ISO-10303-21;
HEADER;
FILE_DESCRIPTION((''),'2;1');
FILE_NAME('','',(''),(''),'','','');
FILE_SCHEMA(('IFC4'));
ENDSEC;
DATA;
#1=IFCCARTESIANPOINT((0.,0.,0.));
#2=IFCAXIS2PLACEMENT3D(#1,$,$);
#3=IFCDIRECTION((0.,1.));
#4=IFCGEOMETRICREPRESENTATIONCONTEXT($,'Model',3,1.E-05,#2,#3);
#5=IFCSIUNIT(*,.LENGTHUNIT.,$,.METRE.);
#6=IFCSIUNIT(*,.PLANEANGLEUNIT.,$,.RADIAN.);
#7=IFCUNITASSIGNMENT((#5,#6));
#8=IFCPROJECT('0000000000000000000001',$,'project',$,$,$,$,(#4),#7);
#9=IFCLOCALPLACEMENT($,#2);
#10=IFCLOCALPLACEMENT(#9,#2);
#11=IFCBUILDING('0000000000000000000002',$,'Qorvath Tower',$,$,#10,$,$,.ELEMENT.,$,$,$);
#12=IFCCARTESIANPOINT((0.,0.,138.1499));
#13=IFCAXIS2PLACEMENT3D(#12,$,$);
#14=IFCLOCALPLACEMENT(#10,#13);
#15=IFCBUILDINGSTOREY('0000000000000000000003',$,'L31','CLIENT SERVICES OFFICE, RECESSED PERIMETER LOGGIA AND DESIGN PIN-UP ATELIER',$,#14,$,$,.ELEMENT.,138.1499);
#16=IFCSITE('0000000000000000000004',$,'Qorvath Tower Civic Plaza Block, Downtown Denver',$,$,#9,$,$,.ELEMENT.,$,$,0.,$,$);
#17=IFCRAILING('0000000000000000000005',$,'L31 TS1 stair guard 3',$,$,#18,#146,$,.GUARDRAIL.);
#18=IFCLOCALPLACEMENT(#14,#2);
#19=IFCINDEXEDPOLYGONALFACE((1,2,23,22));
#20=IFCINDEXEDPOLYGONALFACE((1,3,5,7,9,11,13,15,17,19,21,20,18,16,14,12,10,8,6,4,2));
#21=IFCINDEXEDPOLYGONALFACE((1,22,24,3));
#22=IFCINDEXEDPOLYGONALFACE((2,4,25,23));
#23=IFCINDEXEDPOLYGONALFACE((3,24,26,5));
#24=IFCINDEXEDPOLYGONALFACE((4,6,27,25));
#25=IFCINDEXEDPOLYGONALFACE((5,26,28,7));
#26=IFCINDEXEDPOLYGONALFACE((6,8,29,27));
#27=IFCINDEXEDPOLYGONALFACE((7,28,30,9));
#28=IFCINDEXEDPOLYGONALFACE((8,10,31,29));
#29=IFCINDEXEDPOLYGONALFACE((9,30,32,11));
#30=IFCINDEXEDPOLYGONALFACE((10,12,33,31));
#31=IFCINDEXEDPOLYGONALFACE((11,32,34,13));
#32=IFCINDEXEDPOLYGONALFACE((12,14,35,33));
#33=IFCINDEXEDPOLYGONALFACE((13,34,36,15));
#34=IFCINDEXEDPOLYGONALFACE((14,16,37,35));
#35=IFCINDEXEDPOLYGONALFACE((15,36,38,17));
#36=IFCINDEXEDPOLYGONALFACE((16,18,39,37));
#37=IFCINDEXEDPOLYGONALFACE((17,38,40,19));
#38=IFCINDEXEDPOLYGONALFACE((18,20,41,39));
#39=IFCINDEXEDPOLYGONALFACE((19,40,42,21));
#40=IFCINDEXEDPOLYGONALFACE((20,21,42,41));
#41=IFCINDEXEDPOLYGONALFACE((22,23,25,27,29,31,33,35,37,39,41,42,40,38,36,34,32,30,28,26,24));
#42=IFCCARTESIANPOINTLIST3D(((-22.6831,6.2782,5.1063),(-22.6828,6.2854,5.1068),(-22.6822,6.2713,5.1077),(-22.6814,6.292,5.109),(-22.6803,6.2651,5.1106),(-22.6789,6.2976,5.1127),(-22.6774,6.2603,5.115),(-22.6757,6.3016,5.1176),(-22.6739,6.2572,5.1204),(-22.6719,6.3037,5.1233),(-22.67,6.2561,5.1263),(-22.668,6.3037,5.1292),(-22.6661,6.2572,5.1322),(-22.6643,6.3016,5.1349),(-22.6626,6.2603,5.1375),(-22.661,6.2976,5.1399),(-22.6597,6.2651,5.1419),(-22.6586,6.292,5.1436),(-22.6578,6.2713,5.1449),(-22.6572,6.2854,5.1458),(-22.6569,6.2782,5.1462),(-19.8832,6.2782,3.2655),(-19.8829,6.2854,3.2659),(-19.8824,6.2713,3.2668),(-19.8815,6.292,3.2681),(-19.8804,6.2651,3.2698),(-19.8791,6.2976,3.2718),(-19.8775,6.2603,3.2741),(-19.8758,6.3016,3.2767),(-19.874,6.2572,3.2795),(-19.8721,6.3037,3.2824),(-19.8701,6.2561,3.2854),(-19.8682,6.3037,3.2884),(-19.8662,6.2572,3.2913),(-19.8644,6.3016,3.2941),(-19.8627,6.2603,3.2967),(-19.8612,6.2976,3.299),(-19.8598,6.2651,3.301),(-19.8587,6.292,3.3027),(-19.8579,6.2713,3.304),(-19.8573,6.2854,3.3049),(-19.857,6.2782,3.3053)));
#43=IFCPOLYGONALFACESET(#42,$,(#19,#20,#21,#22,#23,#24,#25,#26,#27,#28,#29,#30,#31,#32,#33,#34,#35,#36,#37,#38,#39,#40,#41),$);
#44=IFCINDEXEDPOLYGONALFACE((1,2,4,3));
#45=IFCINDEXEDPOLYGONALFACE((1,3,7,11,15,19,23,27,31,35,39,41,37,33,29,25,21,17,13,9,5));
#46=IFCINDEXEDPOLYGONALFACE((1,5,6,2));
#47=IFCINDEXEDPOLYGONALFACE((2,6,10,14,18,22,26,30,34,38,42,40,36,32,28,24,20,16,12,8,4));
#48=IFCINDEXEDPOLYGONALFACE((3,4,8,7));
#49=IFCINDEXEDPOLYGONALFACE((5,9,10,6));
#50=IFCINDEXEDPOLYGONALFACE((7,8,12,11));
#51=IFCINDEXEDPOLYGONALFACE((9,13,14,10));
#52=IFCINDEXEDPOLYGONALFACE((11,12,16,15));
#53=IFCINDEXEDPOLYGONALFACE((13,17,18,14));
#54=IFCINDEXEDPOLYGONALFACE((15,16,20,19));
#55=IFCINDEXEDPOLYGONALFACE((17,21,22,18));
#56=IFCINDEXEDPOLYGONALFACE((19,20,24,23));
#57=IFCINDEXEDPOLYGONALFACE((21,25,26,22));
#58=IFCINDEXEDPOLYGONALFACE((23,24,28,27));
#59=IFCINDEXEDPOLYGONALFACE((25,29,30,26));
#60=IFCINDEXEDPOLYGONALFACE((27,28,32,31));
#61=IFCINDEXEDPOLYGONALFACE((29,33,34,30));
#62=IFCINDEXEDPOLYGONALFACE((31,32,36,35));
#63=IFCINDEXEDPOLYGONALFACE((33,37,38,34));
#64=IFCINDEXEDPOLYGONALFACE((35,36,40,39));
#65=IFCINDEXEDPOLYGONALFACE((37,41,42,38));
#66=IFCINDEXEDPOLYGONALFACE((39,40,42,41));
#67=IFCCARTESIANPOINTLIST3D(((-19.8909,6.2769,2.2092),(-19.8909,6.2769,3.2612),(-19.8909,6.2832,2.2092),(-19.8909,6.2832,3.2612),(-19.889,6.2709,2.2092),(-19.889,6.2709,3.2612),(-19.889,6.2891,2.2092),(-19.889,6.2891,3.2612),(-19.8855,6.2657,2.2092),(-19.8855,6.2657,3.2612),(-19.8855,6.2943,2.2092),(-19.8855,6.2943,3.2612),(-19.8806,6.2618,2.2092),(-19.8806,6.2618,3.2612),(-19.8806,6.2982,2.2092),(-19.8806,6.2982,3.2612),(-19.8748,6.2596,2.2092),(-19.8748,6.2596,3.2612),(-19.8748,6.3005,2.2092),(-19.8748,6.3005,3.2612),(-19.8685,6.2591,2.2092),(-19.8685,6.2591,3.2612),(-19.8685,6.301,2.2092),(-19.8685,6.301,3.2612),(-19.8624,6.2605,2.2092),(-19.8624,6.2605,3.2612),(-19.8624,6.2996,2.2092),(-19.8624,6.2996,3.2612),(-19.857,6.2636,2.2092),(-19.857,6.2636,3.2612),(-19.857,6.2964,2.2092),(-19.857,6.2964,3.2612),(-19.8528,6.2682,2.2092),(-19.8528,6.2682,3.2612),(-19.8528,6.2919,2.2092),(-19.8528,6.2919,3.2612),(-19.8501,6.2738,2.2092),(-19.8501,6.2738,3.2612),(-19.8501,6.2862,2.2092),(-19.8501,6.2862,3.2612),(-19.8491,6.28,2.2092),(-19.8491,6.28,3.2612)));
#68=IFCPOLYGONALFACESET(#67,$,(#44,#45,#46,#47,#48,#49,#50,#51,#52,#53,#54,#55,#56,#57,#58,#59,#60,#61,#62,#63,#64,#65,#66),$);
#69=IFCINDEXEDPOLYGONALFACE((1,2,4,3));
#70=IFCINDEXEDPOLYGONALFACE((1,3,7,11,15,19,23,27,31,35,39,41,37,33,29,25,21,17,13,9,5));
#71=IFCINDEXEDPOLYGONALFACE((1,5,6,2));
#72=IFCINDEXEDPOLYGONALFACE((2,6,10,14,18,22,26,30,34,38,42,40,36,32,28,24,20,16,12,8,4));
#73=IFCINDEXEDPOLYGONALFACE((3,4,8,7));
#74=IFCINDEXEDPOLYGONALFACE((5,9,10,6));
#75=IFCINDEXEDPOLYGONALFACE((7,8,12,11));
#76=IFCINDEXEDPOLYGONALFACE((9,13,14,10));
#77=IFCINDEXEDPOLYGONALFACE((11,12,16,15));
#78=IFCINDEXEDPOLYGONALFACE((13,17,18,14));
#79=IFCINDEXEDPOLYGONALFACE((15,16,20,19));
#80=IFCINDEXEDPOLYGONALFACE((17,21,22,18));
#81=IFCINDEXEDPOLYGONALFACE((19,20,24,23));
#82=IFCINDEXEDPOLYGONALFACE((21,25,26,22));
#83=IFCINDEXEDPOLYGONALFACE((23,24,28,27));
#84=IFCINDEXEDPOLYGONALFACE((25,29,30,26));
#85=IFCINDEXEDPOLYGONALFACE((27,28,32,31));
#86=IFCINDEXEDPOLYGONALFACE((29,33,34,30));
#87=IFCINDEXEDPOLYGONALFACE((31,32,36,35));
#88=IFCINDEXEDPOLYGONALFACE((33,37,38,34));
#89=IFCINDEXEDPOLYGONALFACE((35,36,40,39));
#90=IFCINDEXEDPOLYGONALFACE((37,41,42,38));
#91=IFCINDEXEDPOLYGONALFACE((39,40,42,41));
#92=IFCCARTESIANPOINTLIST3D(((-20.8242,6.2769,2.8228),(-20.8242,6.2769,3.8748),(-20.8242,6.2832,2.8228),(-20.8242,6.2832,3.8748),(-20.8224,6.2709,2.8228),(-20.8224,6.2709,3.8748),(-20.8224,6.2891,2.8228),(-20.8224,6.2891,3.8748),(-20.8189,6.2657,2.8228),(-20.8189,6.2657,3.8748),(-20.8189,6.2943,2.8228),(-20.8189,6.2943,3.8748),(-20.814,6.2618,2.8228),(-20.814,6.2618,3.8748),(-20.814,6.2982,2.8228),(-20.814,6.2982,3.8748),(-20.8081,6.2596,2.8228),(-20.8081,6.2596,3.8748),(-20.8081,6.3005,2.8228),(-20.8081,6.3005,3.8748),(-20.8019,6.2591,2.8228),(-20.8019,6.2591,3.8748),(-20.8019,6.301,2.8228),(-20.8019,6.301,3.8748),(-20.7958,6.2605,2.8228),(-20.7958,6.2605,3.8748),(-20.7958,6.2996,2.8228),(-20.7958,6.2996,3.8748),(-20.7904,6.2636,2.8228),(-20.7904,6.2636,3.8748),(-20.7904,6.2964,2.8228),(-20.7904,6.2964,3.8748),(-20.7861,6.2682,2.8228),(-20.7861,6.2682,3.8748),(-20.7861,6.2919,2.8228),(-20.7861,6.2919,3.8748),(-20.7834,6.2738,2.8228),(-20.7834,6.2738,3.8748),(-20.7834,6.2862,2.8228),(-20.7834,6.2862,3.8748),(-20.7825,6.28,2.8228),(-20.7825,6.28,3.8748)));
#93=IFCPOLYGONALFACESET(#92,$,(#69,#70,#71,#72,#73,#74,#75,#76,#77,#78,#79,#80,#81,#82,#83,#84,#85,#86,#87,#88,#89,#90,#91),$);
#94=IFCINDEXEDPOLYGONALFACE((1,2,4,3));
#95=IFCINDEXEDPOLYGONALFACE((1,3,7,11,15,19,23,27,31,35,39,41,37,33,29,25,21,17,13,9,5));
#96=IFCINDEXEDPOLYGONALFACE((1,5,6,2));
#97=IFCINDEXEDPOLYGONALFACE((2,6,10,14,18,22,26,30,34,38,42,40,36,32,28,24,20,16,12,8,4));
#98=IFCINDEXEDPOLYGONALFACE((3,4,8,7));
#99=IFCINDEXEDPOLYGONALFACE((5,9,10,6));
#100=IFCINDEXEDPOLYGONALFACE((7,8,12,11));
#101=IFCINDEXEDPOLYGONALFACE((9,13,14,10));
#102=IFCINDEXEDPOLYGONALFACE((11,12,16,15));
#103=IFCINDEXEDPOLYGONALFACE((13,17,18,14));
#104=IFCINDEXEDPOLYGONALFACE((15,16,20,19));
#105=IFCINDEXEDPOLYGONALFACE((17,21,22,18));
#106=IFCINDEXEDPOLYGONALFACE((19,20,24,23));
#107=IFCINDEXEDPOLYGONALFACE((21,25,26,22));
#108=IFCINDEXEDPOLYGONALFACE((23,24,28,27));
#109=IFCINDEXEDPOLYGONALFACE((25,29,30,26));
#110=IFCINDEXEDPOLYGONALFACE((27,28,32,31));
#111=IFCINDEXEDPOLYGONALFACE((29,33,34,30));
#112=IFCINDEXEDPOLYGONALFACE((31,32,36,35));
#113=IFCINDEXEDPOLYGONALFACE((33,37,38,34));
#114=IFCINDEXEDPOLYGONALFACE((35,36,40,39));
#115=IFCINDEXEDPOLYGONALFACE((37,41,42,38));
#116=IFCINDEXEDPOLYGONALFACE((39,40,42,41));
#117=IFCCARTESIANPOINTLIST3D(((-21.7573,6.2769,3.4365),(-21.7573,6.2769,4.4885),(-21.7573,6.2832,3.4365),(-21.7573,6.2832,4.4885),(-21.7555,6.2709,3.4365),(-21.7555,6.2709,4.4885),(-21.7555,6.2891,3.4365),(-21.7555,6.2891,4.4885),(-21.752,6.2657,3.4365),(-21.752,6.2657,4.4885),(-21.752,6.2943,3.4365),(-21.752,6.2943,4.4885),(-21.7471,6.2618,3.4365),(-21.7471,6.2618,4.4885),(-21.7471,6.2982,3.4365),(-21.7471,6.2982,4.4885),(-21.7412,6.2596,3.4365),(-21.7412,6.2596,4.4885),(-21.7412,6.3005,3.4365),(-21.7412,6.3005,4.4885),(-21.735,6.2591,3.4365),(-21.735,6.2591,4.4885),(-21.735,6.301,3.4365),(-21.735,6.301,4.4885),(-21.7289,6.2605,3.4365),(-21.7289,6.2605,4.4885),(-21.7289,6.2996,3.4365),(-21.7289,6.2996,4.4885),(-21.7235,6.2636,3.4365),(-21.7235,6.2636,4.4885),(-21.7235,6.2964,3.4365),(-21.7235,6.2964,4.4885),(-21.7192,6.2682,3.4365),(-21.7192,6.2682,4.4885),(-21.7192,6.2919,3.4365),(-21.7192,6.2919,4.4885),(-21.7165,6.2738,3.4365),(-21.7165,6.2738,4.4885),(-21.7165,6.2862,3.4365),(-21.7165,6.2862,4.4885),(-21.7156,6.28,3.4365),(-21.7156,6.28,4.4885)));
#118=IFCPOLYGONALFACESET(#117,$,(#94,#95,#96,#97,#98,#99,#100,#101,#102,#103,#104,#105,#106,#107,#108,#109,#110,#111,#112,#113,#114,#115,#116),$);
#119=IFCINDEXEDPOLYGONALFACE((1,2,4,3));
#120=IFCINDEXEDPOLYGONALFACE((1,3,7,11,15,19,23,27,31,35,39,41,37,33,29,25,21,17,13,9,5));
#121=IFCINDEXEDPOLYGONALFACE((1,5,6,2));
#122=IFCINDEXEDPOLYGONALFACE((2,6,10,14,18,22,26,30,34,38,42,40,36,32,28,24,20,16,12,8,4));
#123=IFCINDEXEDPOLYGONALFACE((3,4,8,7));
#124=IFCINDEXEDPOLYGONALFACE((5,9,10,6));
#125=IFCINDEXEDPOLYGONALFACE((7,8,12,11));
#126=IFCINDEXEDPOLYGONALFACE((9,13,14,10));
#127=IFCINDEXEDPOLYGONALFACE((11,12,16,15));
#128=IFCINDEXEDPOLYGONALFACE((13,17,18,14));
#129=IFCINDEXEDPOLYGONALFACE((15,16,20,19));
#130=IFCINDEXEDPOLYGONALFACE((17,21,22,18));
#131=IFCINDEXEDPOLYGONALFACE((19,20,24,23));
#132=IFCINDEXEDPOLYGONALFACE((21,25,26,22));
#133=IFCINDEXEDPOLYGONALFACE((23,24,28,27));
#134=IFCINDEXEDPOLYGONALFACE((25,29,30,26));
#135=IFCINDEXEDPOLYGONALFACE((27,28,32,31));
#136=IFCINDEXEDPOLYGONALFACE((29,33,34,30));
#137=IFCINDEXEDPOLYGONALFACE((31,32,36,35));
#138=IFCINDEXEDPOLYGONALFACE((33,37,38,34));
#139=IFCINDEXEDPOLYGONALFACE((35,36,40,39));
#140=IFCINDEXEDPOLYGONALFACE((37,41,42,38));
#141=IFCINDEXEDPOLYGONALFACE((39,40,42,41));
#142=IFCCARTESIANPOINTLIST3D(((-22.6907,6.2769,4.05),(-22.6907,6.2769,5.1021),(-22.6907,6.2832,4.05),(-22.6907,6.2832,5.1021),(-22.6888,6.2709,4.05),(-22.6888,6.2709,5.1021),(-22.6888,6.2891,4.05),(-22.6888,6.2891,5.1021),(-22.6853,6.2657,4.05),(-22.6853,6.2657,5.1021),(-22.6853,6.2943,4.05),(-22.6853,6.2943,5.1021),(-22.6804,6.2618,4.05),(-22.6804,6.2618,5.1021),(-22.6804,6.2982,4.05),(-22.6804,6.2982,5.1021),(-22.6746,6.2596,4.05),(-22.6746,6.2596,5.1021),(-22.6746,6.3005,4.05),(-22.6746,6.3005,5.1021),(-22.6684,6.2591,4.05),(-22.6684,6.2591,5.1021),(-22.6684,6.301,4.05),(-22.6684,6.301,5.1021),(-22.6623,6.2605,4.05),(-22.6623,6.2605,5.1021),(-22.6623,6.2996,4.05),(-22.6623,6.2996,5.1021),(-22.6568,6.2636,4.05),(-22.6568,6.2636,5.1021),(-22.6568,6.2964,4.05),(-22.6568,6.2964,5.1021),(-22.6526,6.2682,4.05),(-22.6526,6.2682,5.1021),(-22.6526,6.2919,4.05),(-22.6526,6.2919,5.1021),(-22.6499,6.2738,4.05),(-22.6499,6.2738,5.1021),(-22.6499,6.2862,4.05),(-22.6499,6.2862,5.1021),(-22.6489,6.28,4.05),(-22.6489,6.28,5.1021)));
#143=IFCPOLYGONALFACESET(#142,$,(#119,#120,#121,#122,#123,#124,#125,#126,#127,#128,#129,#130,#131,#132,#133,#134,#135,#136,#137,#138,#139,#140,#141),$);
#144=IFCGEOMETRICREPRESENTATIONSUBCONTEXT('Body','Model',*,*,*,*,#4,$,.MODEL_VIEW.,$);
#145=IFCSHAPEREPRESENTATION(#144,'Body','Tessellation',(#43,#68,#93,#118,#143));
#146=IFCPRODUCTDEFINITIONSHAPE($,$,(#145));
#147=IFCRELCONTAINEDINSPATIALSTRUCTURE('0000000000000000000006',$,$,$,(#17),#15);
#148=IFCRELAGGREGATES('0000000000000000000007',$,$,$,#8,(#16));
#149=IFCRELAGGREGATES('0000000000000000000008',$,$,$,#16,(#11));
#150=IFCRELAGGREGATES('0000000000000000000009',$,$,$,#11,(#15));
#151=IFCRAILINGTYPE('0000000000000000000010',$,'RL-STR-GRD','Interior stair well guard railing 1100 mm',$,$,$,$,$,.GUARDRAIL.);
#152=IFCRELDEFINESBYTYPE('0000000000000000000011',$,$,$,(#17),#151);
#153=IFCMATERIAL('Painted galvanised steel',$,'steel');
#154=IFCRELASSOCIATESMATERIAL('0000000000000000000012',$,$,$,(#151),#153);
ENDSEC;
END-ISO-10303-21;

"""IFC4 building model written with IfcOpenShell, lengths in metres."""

from ifc_helpers import new_model, si_unit, direction, frame, origin, origin_2d, place, context, subcontext, project, spatial, circle, extrude, material, type_object, element, save


model = new_model("IFC4")

# Units and contexts
model_context = context("Model", 3, precision=1e-05, world=origin(), true_north=direction((0.0, 1.0)))
body_context = subcontext(model_context, "Body", "Model", "MODEL_VIEW")
ifc_project = project(units=[si_unit("LENGTHUNIT", "METRE"), si_unit("PLANEANGLEUNIT", "RADIAN")], contexts=[model_context])

# Site, building, storey
site_placement = place(None, origin())
site = spatial("IfcSite", under=ifc_project, at=site_placement, Name="Qorvath Tower Civic Plaza Block, Downtown Denver", CompositionType="ELEMENT", RefElevation=0.0)
building_placement = place(site_placement, origin())
building = spatial("IfcBuilding", under=site, at=building_placement, Name="Qorvath Tower", CompositionType="ELEMENT")
storey_placement = place(building_placement, frame((0.0, 0.0, 138.1499)))
storey = spatial("IfcBuildingStorey", under=building, at=storey_placement, Name="L31", Description="CLIENT SERVICES OFFICE, RECESSED PERIMETER LOGGIA AND DESIGN PIN-UP ATELIER", CompositionType="ELEMENT", Elevation=138.1499)

# Railing
ifc_material_1 = material(Name="Painted galvanised steel", Category="steel")
railing_type_1 = type_object("IfcRailingType", Name="RL-STR-GRD", Description="Interior stair well guard railing 1100 mm", PredefinedType="GUARDRAIL", material=ifc_material_1)
railing_1_placement = place(storey_placement, frame((-19.8701, 6.28, 2.2092)))
element("IfcRailing", 1, at=railing_1_placement, inside=storey, type_object=railing_type_1, Name="L31 TS1 stair guard 3", PredefinedType="GUARDRAIL", context=body_context, shape_type="SweptSolid", body=[
    extrude(circle(Radius=0.0239, at=origin_2d()), frame((0.0, 0.0, 1.0762), z_axis=(-0.835576, 0.0, 0.549376), x_axis=(0.0, -1.0, 0.0)), (0.0, 0.0, 1.0), 3.3508),
    extrude(circle(Radius=0.021, at=origin_2d()), origin(), (0.0, 0.0, 1.0), 1.052),
    extrude(circle(Radius=0.021, at=origin_2d()), frame((-0.9333, 0.0, 0.6135)), (0.0, 0.0, 1.0), 1.052),
    extrude(circle(Radius=0.021, at=origin_2d()), frame((-1.8665, 0.0, 1.2273)), (0.0, 0.0, 1.0), 1.052),
    extrude(circle(Radius=0.021, at=origin_2d()), frame((-2.7998, 0.0, 1.8408)), (0.0, 0.0, 1.0), 1.052),
])

save(model, "model.ifc")
